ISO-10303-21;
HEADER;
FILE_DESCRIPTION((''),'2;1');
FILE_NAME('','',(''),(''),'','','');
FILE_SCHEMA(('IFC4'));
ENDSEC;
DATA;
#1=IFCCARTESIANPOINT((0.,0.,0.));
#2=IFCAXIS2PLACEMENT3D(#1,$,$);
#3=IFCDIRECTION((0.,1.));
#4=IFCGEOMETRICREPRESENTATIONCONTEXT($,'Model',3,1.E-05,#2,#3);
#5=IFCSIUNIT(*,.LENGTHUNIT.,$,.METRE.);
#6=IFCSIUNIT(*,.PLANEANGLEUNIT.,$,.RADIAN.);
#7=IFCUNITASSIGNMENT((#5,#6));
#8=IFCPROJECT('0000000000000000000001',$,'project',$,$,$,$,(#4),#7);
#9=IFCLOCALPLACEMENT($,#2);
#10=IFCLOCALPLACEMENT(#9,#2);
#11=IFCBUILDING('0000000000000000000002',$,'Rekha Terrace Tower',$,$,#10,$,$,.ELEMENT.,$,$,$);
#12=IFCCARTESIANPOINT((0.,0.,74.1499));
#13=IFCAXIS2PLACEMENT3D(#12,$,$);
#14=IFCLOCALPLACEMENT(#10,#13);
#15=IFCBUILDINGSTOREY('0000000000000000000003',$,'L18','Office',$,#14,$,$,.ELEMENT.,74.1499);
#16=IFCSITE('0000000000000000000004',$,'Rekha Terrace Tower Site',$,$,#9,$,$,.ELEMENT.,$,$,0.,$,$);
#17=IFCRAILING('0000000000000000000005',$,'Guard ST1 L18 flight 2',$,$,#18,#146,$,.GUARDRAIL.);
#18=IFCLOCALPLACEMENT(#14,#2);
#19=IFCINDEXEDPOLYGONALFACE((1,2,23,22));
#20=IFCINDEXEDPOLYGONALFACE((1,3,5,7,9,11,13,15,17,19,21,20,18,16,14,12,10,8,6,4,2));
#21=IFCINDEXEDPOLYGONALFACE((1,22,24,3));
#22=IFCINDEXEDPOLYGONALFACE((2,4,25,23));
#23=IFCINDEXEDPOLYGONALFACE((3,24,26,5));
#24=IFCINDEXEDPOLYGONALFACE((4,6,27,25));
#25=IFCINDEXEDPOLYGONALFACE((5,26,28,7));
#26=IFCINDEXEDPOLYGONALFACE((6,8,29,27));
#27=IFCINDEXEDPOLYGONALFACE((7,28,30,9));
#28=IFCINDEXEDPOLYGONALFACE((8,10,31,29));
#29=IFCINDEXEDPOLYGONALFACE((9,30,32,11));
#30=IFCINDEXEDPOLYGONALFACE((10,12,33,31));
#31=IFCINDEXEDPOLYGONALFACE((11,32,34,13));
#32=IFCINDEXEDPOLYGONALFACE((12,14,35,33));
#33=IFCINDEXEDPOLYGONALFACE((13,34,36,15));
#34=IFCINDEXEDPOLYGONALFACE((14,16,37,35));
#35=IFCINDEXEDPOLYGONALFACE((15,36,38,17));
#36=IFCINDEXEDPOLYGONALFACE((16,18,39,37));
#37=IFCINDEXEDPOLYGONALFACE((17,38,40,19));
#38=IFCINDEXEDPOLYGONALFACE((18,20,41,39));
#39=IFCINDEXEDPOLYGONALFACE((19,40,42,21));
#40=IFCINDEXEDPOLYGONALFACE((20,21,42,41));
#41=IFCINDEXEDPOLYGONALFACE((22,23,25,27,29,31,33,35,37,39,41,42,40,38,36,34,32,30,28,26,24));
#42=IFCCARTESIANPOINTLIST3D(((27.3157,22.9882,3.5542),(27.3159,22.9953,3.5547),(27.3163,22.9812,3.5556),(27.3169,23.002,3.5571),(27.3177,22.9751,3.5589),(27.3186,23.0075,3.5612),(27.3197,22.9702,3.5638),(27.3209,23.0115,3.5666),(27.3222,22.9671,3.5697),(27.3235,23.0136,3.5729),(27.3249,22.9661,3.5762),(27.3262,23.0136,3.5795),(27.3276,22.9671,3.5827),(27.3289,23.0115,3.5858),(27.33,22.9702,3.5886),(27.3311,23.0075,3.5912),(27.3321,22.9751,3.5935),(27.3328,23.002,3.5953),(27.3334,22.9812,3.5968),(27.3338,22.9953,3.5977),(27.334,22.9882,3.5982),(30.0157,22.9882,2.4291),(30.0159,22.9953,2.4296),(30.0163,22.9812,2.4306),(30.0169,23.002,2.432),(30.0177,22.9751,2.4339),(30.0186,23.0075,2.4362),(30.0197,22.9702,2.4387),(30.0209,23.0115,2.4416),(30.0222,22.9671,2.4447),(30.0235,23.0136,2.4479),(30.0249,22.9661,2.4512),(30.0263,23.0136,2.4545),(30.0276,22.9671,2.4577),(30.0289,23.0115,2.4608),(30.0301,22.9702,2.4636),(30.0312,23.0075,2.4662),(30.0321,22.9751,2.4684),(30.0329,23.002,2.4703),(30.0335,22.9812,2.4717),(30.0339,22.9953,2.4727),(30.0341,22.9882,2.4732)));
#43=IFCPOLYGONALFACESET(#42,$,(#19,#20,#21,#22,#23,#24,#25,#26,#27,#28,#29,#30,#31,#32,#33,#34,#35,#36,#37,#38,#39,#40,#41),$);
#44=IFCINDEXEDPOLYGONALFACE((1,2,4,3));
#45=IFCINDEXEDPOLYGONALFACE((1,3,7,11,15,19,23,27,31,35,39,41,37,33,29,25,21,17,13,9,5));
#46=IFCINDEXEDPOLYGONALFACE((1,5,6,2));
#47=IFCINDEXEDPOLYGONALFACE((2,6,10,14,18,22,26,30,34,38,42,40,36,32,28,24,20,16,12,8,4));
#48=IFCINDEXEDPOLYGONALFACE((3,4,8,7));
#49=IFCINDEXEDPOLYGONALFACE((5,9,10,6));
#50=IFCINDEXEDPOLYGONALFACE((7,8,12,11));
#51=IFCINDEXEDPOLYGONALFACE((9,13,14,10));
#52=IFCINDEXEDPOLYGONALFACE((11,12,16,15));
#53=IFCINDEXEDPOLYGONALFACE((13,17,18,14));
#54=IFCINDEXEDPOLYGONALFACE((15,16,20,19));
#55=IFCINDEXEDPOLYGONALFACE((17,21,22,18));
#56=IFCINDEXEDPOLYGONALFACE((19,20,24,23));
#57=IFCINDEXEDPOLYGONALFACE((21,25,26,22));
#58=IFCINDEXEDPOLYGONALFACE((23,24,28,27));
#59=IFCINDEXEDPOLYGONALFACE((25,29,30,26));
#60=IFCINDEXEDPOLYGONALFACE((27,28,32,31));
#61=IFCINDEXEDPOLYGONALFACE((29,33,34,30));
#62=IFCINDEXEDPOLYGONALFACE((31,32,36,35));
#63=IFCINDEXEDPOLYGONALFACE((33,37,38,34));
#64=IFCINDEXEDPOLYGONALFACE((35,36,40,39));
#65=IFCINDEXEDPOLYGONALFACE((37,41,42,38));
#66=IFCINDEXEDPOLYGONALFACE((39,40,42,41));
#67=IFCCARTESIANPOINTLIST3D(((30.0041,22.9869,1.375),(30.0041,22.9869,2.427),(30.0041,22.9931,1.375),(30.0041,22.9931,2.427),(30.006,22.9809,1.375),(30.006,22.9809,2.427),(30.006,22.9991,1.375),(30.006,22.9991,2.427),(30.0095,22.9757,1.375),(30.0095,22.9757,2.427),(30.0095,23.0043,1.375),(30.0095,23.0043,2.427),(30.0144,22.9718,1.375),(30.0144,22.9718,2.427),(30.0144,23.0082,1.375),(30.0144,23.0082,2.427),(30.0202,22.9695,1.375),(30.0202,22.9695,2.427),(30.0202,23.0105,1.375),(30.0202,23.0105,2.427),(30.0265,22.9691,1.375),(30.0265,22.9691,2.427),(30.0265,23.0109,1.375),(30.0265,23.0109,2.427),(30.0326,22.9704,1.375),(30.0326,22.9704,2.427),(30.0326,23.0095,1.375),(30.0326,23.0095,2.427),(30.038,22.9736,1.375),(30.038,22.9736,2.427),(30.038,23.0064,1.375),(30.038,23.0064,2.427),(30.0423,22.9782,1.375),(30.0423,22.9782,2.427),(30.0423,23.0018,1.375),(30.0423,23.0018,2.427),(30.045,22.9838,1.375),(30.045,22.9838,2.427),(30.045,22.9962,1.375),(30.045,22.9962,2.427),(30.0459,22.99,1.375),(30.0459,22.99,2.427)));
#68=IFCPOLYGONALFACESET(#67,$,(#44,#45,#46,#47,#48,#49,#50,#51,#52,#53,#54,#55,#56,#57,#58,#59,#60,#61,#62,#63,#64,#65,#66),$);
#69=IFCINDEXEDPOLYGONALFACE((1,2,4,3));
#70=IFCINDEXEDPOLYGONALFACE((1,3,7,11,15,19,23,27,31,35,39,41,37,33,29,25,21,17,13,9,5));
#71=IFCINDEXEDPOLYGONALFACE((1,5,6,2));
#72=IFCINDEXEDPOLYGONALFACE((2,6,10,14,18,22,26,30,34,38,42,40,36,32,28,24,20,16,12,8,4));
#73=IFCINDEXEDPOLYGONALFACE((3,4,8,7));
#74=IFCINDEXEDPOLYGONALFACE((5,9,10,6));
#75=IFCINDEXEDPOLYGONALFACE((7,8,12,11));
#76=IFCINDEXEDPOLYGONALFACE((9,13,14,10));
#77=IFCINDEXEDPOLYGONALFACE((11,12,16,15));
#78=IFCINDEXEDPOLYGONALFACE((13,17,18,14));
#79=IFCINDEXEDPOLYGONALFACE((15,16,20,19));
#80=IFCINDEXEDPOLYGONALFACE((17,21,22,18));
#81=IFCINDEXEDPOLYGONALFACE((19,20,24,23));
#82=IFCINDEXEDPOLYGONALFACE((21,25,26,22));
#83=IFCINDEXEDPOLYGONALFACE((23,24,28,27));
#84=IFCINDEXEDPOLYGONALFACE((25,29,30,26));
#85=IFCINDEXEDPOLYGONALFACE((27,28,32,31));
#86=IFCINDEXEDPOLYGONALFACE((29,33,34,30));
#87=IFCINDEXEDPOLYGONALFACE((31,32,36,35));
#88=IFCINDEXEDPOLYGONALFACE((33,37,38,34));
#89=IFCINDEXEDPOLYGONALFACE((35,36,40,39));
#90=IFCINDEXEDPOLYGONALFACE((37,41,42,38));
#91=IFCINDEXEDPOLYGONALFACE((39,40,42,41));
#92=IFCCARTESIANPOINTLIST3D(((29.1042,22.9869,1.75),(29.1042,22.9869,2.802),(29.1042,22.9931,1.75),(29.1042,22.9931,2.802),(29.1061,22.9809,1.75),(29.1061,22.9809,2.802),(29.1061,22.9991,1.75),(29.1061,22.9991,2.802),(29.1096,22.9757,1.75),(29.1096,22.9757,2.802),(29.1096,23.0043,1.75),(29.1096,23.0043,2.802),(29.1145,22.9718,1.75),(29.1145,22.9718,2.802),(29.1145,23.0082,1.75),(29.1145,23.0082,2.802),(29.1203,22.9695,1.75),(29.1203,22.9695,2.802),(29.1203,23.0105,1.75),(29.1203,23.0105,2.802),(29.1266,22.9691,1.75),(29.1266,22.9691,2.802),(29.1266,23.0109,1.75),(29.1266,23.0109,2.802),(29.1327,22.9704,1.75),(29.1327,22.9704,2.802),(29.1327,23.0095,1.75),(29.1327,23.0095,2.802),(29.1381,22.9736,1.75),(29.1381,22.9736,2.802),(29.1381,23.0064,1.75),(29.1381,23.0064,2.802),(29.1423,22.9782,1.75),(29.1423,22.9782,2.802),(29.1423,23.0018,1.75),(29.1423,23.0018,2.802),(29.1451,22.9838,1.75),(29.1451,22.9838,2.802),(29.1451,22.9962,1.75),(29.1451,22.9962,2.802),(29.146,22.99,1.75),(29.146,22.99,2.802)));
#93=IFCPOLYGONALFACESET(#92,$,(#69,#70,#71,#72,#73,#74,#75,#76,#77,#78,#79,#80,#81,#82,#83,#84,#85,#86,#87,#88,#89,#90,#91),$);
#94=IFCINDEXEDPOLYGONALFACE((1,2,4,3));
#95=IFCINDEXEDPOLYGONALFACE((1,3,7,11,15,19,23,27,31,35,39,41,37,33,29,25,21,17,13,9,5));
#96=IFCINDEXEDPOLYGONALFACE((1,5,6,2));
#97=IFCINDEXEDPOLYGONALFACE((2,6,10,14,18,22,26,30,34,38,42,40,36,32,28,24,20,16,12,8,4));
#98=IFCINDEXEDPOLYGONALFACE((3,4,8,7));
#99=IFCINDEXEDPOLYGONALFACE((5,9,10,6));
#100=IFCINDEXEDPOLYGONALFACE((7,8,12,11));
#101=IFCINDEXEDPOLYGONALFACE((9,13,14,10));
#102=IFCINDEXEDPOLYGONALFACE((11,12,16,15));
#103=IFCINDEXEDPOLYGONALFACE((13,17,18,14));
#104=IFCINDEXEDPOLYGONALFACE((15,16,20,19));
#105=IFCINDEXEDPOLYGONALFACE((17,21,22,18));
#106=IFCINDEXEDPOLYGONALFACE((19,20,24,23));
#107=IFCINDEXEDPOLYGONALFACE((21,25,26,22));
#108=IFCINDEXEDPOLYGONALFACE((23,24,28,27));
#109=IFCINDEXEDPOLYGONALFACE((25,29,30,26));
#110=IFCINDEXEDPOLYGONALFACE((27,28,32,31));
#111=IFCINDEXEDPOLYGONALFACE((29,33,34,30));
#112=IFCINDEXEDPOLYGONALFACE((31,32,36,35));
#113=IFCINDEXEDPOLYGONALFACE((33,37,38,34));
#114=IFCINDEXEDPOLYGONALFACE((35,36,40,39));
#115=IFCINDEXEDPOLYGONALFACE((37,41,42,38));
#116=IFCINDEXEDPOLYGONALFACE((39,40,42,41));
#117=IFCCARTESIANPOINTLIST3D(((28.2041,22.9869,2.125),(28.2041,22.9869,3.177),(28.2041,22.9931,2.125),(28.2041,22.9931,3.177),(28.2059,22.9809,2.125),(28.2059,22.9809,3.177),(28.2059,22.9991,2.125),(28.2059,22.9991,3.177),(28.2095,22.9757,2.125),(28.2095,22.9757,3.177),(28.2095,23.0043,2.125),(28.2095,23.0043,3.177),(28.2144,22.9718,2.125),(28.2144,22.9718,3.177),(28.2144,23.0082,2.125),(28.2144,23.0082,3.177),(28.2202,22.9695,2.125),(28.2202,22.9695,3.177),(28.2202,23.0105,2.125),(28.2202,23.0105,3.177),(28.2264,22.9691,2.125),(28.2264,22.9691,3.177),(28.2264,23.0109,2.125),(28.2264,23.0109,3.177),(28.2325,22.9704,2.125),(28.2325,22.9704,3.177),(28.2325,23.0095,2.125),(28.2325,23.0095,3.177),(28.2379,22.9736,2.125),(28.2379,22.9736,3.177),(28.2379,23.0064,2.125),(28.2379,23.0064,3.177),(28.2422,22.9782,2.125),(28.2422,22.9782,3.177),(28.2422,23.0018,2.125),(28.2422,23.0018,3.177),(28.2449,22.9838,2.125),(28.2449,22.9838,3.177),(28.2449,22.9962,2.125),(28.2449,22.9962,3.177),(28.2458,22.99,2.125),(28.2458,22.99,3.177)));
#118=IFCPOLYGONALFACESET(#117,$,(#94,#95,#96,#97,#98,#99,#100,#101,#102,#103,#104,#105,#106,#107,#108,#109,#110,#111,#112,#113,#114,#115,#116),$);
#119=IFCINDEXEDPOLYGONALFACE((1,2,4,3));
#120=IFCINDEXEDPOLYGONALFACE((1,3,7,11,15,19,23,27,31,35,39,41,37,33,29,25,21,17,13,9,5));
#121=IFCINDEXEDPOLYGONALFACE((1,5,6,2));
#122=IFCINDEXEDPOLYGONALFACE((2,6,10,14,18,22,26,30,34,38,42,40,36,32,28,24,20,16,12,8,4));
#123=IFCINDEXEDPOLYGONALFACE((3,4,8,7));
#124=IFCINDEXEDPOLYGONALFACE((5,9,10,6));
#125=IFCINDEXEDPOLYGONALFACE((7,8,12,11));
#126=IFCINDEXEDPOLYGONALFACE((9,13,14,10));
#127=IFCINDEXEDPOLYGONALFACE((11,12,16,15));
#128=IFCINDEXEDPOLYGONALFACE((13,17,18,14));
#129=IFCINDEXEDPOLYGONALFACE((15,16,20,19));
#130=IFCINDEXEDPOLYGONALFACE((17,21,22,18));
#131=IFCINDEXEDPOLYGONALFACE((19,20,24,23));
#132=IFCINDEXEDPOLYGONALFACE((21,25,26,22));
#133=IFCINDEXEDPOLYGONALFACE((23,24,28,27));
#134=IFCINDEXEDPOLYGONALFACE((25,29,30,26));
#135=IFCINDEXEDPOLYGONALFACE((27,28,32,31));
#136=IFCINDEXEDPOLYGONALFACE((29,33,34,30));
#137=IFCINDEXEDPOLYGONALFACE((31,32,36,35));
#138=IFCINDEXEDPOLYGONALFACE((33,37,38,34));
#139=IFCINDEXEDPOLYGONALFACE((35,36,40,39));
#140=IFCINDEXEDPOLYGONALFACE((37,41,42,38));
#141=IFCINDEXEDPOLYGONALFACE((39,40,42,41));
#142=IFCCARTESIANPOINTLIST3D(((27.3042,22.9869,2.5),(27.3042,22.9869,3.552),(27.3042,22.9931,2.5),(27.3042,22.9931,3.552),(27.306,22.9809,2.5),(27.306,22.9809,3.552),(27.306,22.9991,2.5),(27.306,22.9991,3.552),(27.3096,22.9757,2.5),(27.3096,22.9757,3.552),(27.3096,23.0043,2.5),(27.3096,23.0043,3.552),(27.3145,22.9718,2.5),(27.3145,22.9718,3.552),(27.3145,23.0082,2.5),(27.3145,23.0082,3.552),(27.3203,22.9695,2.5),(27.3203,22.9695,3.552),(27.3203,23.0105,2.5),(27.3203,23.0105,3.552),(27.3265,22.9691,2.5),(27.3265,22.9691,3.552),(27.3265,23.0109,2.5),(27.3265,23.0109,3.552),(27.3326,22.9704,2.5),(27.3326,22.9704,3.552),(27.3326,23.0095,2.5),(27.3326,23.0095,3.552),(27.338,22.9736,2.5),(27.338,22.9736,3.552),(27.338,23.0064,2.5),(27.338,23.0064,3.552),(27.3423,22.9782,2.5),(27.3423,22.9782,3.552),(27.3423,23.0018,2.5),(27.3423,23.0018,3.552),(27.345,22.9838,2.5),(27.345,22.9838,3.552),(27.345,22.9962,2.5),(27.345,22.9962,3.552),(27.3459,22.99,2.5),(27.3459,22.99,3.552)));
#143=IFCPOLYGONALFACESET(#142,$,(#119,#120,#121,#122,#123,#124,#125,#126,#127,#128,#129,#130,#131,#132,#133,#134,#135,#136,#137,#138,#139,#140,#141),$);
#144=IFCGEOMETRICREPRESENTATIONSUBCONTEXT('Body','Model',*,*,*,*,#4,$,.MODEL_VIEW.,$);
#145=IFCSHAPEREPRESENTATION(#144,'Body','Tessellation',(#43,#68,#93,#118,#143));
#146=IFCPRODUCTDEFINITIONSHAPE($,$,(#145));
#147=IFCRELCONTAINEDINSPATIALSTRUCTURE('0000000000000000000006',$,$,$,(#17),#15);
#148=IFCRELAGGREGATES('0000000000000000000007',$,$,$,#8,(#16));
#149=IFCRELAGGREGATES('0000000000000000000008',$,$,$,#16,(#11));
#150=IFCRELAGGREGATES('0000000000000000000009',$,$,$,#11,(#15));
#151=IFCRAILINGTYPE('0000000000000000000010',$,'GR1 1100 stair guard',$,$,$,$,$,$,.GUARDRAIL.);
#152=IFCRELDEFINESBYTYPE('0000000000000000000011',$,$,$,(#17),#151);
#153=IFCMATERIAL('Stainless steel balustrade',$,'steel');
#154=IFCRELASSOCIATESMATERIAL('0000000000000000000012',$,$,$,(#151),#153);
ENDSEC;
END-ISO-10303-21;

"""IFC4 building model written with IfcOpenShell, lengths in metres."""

from ifc_helpers import new_model, si_unit, direction, frame, origin, origin_2d, place, context, subcontext, project, spatial, circle, extrude, material, type_object, element, save


model = new_model("IFC4")

# Units and contexts
model_context = context("Model", 3, precision=1e-05, world=origin(), true_north=direction((0.0, 1.0)))
body_context = subcontext(model_context, "Body", "Model", "MODEL_VIEW")
ifc_project = project(units=[si_unit("LENGTHUNIT", "METRE"), si_unit("PLANEANGLEUNIT", "RADIAN")], contexts=[model_context])

# Site, building, storey
site_placement = place(None, origin())
site = spatial("IfcSite", under=ifc_project, at=site_placement, Name="Rekha Terrace Tower Site", CompositionType="ELEMENT", RefElevation=0.0)
building_placement = place(site_placement, origin())
building = spatial("IfcBuilding", under=site, at=building_placement, Name="Rekha Terrace Tower", CompositionType="ELEMENT")
storey_placement = place(building_placement, frame((0.0, 0.0, 74.1499)))
storey = spatial("IfcBuildingStorey", under=building, at=storey_placement, Name="L18", Description="Office", CompositionType="ELEMENT", Elevation=74.1499)

# Railing
ifc_material_1 = material(Name="Stainless steel balustrade", Category="steel")
railing_type_1 = type_object("IfcRailingType", Name="GR1 1100 stair guard", PredefinedType="GUARDRAIL", material=ifc_material_1)
railing_1_placement = place(storey_placement, frame((30.0249, 22.99, 1.375)))
element("IfcRailing", 1, at=railing_1_placement, inside=storey, type_object=railing_type_1, Name="Guard ST1 L18 flight 2", PredefinedType="GUARDRAIL", context=body_context, shape_type="SweptSolid", body=[
    extrude(circle(Radius=0.0239, at=origin_2d()), frame((0.0, 0.0, 1.0762), z_axis=(-0.923074, 0.0, 0.384621), x_axis=(0.0, -1.0, 0.0)), (0.0, 0.0, 1.0), 2.925),
    extrude(circle(Radius=0.021, at=origin_2d()), origin(), (0.0, 0.0, 1.0), 1.052),
    extrude(circle(Radius=0.021, at=origin_2d()), frame((-0.8999, 0.0, 0.375)), (0.0, 0.0, 1.0), 1.052),
    extrude(circle(Radius=0.021, at=origin_2d()), frame((-1.8, 0.0, 0.75)), (0.0, 0.0, 1.0), 1.052),
    extrude(circle(Radius=0.021, at=origin_2d()), frame((-2.7, 0.0, 1.125)), (0.0, 0.0, 1.0), 1.052),
])

save(model, "model.ifc")
